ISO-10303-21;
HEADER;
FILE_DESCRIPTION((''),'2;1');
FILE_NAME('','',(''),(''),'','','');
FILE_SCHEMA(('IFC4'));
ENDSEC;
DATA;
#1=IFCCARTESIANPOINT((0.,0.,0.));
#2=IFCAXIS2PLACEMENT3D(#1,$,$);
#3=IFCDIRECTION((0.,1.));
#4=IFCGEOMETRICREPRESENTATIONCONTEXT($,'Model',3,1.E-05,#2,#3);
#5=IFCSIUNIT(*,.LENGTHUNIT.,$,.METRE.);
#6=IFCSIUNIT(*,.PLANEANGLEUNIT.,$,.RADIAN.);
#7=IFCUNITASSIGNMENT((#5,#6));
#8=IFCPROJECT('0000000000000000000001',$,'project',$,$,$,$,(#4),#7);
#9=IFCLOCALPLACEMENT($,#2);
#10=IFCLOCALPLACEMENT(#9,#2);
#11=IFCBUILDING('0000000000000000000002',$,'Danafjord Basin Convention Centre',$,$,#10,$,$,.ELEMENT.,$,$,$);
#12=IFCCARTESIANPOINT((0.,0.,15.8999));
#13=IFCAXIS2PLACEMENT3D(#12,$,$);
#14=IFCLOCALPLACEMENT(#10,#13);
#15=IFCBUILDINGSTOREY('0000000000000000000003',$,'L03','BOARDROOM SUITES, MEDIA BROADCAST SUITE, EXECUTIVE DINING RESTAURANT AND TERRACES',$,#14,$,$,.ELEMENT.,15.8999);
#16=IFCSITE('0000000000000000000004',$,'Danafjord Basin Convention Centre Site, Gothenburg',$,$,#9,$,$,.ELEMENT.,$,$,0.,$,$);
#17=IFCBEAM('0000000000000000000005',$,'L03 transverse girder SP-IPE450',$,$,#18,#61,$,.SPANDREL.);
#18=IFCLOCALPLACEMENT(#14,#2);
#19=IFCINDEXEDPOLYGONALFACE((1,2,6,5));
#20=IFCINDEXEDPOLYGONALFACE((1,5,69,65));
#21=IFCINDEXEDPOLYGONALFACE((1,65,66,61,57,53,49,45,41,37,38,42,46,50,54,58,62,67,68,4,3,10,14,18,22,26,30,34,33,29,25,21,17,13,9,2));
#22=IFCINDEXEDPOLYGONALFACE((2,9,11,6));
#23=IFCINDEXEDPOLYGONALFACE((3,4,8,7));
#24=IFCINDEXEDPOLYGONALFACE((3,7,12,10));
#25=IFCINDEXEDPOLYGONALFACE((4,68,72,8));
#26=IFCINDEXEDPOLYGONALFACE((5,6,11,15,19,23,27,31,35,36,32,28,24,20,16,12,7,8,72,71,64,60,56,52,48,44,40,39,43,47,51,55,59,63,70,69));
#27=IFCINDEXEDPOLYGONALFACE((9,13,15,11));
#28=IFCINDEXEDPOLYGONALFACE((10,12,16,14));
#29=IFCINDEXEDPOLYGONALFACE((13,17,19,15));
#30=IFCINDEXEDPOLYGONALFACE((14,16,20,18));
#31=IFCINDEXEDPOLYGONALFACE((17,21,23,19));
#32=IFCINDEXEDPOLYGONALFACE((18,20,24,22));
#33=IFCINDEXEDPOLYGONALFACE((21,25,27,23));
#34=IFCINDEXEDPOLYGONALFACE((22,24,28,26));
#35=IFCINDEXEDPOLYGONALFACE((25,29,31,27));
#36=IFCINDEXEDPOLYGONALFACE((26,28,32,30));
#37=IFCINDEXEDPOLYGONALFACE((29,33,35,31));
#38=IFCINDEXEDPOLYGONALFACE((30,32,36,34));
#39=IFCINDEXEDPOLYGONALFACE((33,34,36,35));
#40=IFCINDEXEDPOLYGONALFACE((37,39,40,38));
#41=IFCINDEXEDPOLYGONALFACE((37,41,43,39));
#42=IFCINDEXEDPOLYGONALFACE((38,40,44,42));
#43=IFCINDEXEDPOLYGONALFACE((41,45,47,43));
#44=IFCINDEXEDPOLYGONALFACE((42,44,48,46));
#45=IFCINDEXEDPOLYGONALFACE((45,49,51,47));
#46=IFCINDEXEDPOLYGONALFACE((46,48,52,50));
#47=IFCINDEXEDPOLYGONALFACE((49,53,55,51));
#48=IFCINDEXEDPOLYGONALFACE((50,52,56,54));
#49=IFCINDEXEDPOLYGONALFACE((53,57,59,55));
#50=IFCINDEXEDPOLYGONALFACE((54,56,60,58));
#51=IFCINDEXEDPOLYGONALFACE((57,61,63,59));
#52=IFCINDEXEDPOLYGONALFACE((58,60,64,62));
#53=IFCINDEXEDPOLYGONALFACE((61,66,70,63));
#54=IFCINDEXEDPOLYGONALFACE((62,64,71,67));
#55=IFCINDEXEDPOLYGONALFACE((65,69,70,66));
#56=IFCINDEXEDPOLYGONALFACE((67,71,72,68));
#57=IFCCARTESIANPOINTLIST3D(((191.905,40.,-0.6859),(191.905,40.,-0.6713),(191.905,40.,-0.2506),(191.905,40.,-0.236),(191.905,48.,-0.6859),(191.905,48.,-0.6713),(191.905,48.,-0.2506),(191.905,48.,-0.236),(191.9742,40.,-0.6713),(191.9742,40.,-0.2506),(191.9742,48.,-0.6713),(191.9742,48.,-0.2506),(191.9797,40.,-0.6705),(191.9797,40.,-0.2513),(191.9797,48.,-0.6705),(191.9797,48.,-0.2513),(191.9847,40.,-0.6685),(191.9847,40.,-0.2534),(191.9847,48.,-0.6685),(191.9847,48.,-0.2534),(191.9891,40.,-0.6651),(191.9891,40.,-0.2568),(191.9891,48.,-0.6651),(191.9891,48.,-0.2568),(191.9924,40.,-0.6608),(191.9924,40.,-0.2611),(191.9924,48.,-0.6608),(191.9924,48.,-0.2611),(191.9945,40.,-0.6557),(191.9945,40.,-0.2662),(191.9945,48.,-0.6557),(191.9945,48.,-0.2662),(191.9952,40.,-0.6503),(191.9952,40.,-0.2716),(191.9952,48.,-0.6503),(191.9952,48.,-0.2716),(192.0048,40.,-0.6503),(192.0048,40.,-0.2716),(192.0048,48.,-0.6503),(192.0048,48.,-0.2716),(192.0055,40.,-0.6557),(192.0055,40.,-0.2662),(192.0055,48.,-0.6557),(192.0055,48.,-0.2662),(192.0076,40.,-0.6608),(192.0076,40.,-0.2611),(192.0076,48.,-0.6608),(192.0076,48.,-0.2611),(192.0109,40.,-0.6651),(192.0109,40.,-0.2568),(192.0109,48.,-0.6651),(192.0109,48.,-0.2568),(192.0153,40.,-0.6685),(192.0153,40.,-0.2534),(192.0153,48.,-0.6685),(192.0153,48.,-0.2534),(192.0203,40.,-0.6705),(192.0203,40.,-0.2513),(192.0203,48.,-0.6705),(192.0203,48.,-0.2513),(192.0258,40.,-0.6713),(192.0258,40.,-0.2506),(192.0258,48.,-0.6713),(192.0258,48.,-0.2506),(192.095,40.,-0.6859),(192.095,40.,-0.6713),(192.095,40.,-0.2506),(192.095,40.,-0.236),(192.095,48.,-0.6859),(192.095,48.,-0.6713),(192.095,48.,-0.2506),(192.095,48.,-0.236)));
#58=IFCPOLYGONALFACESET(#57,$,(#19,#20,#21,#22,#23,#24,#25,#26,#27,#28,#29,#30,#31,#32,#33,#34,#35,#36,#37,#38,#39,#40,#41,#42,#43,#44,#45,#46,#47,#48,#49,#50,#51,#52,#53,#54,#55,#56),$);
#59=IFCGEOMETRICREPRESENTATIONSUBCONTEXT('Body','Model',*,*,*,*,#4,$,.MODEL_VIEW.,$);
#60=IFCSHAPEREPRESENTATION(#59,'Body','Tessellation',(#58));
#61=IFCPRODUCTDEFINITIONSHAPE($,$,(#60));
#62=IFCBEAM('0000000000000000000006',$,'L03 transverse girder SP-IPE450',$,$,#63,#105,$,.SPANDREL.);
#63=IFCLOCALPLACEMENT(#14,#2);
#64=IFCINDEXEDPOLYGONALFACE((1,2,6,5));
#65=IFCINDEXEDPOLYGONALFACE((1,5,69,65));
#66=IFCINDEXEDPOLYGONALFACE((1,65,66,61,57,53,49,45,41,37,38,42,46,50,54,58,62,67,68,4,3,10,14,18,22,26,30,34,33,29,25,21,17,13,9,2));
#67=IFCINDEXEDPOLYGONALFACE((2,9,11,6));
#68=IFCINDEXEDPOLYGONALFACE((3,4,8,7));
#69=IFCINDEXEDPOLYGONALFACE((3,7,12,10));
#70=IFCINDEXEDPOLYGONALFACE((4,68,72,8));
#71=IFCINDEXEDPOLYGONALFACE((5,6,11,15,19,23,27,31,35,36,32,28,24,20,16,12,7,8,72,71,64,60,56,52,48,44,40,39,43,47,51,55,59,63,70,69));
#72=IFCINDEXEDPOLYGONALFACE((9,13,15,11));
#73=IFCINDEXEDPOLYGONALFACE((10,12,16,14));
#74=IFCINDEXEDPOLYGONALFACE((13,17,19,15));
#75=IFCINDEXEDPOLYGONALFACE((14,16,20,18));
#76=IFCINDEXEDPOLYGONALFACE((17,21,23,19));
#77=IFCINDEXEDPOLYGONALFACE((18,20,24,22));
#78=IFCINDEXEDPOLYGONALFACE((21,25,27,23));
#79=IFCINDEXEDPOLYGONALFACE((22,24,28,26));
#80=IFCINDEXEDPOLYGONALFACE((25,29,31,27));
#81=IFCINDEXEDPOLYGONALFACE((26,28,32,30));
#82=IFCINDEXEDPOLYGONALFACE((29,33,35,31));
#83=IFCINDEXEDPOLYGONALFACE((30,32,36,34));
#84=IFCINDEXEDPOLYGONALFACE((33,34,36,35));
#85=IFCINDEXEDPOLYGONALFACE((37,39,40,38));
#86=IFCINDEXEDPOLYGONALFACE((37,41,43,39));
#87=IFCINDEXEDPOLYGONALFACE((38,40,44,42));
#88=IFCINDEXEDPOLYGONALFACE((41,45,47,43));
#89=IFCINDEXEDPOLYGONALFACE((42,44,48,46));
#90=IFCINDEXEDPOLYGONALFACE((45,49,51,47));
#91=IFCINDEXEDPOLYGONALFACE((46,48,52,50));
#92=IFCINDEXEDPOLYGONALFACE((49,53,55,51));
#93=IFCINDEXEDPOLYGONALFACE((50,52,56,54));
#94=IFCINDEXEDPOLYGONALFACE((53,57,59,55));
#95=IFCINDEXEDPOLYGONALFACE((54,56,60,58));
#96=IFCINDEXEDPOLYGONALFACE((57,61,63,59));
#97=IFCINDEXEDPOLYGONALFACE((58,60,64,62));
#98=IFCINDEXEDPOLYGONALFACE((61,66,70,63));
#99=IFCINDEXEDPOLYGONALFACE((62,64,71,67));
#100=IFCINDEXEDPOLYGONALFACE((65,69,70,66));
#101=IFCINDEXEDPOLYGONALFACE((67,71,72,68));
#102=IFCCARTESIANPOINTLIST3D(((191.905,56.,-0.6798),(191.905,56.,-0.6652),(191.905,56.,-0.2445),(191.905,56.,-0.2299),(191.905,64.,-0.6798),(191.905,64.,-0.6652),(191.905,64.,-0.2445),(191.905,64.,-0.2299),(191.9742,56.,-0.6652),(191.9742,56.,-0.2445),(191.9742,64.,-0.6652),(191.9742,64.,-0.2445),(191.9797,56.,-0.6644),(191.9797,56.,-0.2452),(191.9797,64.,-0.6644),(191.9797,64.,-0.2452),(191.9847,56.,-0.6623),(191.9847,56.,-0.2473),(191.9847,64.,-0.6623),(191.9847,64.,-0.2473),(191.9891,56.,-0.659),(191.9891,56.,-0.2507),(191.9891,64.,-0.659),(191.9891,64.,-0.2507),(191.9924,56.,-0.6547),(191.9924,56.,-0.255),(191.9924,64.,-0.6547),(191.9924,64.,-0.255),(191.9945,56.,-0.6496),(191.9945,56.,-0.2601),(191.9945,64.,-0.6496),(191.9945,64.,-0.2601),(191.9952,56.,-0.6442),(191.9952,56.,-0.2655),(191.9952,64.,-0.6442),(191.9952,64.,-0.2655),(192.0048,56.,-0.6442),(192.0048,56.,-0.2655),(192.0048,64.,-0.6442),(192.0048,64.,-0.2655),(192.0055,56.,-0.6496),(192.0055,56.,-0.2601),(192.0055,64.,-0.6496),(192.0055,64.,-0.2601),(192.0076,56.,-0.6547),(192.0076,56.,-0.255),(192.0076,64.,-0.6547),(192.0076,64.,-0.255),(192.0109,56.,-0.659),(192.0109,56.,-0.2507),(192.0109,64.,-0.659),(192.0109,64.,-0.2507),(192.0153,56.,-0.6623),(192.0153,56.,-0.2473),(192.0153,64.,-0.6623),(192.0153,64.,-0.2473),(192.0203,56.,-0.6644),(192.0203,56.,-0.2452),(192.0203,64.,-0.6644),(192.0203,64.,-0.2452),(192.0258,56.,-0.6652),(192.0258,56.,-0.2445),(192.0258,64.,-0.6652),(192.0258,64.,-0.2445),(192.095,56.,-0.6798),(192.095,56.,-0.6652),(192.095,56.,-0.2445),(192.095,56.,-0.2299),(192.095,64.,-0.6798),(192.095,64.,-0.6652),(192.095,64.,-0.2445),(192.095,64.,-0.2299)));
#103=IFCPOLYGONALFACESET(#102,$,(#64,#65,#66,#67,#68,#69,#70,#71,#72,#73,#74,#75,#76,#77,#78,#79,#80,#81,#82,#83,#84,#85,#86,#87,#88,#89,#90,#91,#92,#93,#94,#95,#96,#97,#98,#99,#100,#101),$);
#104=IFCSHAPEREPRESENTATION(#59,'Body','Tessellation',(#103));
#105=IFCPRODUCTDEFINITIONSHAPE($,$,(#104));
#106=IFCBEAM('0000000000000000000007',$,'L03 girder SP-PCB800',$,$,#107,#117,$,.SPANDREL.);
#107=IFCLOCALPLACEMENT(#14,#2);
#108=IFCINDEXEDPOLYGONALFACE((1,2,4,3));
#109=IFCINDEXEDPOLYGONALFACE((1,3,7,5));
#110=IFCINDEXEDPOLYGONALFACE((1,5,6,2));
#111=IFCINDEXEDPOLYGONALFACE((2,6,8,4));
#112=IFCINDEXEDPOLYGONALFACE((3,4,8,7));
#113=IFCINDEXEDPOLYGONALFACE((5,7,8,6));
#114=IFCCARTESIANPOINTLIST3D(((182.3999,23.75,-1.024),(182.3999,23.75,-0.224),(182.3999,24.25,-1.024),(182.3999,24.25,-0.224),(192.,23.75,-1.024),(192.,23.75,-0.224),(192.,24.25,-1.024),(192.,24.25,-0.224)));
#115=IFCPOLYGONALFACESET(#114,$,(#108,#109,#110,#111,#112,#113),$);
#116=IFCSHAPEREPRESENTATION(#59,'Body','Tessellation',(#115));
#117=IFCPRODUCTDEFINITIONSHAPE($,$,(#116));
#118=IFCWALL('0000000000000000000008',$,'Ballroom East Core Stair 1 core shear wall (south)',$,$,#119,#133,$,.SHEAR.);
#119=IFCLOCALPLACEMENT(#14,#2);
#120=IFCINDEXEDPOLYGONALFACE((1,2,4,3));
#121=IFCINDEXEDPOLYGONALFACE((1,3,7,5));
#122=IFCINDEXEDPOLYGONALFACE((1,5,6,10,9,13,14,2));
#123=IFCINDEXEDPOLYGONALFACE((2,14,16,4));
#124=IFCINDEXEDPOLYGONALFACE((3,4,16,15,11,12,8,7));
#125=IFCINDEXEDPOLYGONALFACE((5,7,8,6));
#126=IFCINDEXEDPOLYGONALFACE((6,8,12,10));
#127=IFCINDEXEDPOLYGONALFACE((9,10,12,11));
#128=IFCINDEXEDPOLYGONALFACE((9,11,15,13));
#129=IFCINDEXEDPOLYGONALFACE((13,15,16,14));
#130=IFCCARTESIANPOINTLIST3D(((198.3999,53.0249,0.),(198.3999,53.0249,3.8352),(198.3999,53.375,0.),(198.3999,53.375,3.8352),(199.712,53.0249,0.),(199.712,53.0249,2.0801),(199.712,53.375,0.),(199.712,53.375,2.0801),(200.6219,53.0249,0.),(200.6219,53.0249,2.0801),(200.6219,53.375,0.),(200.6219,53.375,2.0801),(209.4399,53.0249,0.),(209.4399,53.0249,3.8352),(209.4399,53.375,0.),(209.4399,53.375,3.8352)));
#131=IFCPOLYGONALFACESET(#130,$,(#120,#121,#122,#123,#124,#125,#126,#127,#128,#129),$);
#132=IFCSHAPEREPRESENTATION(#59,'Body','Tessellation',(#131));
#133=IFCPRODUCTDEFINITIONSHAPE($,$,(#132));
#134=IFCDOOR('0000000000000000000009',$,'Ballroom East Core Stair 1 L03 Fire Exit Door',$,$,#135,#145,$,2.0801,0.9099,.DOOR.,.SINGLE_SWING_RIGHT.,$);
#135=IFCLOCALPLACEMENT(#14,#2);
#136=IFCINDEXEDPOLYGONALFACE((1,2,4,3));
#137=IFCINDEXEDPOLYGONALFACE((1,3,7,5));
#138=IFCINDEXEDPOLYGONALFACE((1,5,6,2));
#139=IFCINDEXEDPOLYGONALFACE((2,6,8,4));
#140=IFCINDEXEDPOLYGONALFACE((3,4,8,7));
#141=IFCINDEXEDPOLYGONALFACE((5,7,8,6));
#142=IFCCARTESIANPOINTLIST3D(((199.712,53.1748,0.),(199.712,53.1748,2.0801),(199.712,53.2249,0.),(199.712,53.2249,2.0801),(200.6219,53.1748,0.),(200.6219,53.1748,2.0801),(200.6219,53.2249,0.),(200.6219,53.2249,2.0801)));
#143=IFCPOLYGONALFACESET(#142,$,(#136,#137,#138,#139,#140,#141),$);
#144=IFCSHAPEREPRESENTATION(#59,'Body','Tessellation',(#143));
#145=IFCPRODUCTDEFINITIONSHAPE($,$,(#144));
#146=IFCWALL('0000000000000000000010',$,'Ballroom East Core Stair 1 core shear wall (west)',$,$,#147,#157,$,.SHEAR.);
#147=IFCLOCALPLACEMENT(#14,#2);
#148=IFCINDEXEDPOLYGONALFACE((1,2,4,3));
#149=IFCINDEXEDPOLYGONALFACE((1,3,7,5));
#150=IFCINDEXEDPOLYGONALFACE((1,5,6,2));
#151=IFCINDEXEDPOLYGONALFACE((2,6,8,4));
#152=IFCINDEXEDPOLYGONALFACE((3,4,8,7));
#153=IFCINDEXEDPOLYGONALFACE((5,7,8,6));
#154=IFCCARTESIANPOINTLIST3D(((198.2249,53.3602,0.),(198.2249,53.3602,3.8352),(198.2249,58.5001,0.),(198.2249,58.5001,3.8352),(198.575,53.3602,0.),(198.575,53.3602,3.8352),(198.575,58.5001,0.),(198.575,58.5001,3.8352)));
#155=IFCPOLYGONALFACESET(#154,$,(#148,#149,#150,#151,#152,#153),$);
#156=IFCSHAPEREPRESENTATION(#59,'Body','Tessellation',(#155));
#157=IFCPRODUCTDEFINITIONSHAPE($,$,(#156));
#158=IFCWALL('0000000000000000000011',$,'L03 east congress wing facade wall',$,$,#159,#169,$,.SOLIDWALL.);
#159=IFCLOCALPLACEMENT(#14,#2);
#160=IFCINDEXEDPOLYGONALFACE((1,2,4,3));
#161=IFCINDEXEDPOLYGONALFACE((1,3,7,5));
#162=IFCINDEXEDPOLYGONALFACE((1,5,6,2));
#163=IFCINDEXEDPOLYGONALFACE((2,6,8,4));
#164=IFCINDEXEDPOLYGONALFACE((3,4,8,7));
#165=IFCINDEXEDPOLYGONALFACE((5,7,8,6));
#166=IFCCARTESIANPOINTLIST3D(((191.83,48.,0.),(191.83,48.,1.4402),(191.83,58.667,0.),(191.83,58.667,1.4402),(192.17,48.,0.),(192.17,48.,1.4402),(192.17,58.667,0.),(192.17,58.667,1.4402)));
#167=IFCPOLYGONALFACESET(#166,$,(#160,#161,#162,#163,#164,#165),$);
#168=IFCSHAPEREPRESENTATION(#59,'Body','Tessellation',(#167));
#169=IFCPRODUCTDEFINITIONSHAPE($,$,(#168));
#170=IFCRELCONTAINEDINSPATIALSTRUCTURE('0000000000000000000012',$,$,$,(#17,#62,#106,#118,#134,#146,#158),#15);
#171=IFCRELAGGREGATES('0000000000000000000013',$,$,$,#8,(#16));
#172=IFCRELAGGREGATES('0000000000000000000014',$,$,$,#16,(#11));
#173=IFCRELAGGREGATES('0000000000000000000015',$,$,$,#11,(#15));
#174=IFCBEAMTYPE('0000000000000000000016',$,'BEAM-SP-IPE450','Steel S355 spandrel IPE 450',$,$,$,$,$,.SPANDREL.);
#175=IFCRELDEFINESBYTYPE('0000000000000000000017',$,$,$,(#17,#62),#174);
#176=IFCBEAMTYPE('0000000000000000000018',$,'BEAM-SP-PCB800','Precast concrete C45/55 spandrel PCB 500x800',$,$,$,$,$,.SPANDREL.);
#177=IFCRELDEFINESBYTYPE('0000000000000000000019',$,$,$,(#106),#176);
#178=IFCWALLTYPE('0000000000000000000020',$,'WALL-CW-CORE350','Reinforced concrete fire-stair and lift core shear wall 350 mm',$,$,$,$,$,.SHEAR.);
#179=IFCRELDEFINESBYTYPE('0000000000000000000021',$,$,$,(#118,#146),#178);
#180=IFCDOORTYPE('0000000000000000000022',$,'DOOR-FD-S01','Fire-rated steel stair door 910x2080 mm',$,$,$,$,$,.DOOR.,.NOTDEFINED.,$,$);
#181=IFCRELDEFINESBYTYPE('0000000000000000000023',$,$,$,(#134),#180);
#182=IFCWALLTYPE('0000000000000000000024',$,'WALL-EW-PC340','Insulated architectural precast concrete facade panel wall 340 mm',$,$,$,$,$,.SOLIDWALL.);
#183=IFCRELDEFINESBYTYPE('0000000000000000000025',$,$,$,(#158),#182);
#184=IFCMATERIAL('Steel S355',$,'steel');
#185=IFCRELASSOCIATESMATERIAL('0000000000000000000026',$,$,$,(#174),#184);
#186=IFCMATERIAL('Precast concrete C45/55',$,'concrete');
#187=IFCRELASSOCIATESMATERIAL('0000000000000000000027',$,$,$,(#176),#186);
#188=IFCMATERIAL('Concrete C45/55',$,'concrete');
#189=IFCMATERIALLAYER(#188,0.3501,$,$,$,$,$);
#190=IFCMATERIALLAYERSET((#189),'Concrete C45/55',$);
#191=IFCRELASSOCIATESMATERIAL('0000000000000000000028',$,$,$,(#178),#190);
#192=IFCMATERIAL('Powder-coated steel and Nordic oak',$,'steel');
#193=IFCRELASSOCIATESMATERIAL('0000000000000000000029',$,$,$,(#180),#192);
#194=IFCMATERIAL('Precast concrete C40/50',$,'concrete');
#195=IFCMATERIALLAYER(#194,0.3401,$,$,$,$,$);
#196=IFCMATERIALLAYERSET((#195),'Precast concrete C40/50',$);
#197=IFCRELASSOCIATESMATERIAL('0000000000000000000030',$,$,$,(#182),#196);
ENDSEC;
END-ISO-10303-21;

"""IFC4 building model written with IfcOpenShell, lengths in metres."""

from ifc_helpers import new_model, si_unit, direction, frame, frame_2d, origin, origin_2d, place, context, subcontext, project, spatial, rectangle, i_section, extrude, material, layer, layer_set, material_profile, profile_set, type_object, element, fill, save


model = new_model("IFC4")

# Units and contexts
model_context = context("Model", 3, precision=1e-05, world=origin(), true_north=direction((0.0, 1.0)))
body_context = subcontext(model_context, "Body", "Model", "MODEL_VIEW")
ifc_project = project(units=[si_unit("LENGTHUNIT", "METRE"), si_unit("PLANEANGLEUNIT", "RADIAN")], contexts=[model_context])

# Site, building, storey
site_placement = place(None, origin())
site = spatial("IfcSite", under=ifc_project, at=site_placement, Name="Danafjord Basin Convention Centre Site, Gothenburg", CompositionType="ELEMENT", RefElevation=0.0)
building_placement = place(site_placement, origin())
building = spatial("IfcBuilding", under=site, at=building_placement, Name="Danafjord Basin Convention Centre", CompositionType="ELEMENT")
storey_placement = place(building_placement, frame((0.0, 0.0, 15.8999)))
storey = spatial("IfcBuildingStorey", under=building, at=storey_placement, Name="L03", Description="BOARDROOM SUITES, MEDIA BROADCAST SUITE, EXECUTIVE DINING RESTAURANT AND TERRACES", CompositionType="ELEMENT", Elevation=15.8999)

# Shared definitions
ifc_material_1 = material(Name="Steel S355", Category="steel")

# Beams
ifc_material_profile_1 = material_profile(ifc_material_1, i_section(OverallWidth=0.1899, OverallDepth=0.45, WebThickness=0.0095, FlangeThickness=0.0146, FilletRadius=0.021, at=origin_2d()), Name="IPE 450")
ifc_profile_set_1 = profile_set([ifc_material_profile_1], Name="Steel S355")
beam_type_1 = type_object("IfcBeamType", Name="BEAM-SP-IPE450", Description="Steel S355 spandrel IPE 450", PredefinedType="SPANDREL", material=ifc_profile_set_1)
for number, where, z_axis, x_axis, name in (
    (1, (192.0, 40.0, -0.4609), (0.0, 1.0, 0.0), (-1.0, 0.0, 0.0), "L03 transverse girder SP-IPE450"),
    (2, (192.0, 56.0, -0.4548), (0.0, 1.0, 0.0), (-1.0, 0.0, 0.0), "L03 transverse girder SP-IPE450"),
):
    element("IfcBeam", number, at=place(storey_placement, frame(where, z_axis=z_axis, x_axis=x_axis)), inside=storey, type_object=beam_type_1, Name=name, PredefinedType="SPANDREL", context=body_context, shape_type="SweptSolid", body=[
        extrude(i_section(OverallWidth=0.1899, OverallDepth=0.45, WebThickness=0.0095, FlangeThickness=0.0146, FilletRadius=0.021, at=origin_2d()), origin(), (0.0, 0.0, 1.0), 8.0),
    ])
ifc_material_2 = material(Name="Precast concrete C45/55", Category="concrete")
ifc_material_profile_2 = material_profile(ifc_material_2, rectangle(XDim=0.5, YDim=0.8, at=origin_2d()), Name="PCB 500x800")
ifc_profile_set_2 = profile_set([ifc_material_profile_2], Name="Precast concrete C45/55")
beam_type_2 = type_object("IfcBeamType", Name="BEAM-SP-PCB800", Description="Precast concrete C45/55 spandrel PCB 500x800", PredefinedType="SPANDREL", material=ifc_profile_set_2)
beam_1_placement = place(storey_placement, frame((182.3999, 24.0, -0.624), z_axis=(1.0, 0.0, 0.0), x_axis=(0.0, 1.0, 0.0)))
element("IfcBeam", 3, at=beam_1_placement, inside=storey, type_object=beam_type_2, Name="L03 girder SP-PCB800", PredefinedType="SPANDREL", context=body_context, shape_type="SweptSolid", body=[
    extrude(rectangle(XDim=0.5, YDim=0.8, at=origin_2d()), origin(), (0.0, 0.0, 1.0), 9.6001),
])

# Wall, opening, door
ifc_material_3 = material(Name="Concrete C45/55", Category="concrete")
ifc_layer_1 = layer(ifc_material_3, 0.3501)
ifc_layer_set_1 = layer_set([ifc_layer_1], Name="Concrete C45/55")
wall_type_1 = type_object("IfcWallType", Name="WALL-CW-CORE350", Description="Reinforced concrete fire-stair and lift core shear wall 350 mm", PredefinedType="SHEAR", material=ifc_layer_set_1)
wall_1_placement = place(storey_placement, frame((198.3999, 53.2, 0.0), z_axis=(0.0, 0.0, 1.0), x_axis=(1.0, 0.0, 0.0)))
wall_1 = element("IfcWall", 4, at=wall_1_placement, inside=storey, type_object=wall_type_1, Name="Ballroom East Core Stair 1 core shear wall (south)", PredefinedType="SHEAR", context=body_context, shape_type="SweptSolid", body=[
    extrude(rectangle(XDim=11.04, YDim=0.3501, at=frame_2d((5.52, 0.0))), origin(), (0.0, 0.0, 1.0), 3.8352),
])
opening_1_placement = place(wall_1_placement, frame((1.312, 0.0, 0.0)))
opening_1 = element("IfcOpeningElement", 5, at=opening_1_placement, cuts=wall_1, PredefinedType="OPENING", context=body_context, shape_type="SweptSolid", body=[
    extrude(rectangle(XDim=0.9099, YDim=2.0801, at=frame_2d((0.4551, 1.04))), frame((0.0, 0.1851, 0.0), z_axis=(0.0, -1.0, 0.0), x_axis=(1.0, 0.0, 0.0)), (0.0, 0.0, 1.0), 0.3701),
])
ifc_material_4 = material(Name="Powder-coated steel and Nordic oak", Category="steel")
door_type_1 = type_object("IfcDoorType", Name="DOOR-FD-S01", Description="Fire-rated steel stair door 910x2080 mm", OperationType="NOTDEFINED", PredefinedType="DOOR", material=ifc_material_4)
door_1_placement = place(opening_1_placement, origin())
door_1 = element("IfcDoor", 6, at=door_1_placement, inside=storey, type_object=door_type_1, Name="Ballroom East Core Stair 1 L03 Fire Exit Door", OperationType="SINGLE_SWING_RIGHT", OverallHeight=2.0801, OverallWidth=0.9099, PredefinedType="DOOR", context=body_context, shape_type="SweptSolid", body=[
    extrude(rectangle(XDim=0.9099, YDim=2.0801, at=frame_2d((0.4551, 1.04))), frame((0.0, 0.0249, 0.0), z_axis=(0.0, -1.0, 0.0), x_axis=(1.0, 0.0, 0.0)), (0.0, 0.0, 1.0), 0.05),
])
fill(opening_1, door_1)

# Walls
wall_2_placement = place(storey_placement, frame((198.3999, 58.5, 0.0), z_axis=(0.0, 0.0, 1.0), x_axis=(0.0, -1.0, 0.0)))
element("IfcWall", 7, at=wall_2_placement, inside=storey, type_object=wall_type_1, Name="Ballroom East Core Stair 1 core shear wall (west)", PredefinedType="SHEAR", context=body_context, shape_type="SweptSolid", body=[
    extrude(rectangle(XDim=5.1399, YDim=0.3501, at=frame_2d((2.5698, 0.0))), origin(), (0.0, 0.0, 1.0), 3.8352),
])
ifc_material_5 = material(Name="Precast concrete C40/50", Category="concrete")
ifc_layer_2 = layer(ifc_material_5, 0.3401)
ifc_layer_set_2 = layer_set([ifc_layer_2], Name="Precast concrete C40/50")
wall_type_2 = type_object("IfcWallType", Name="WALL-EW-PC340", Description="Insulated architectural precast concrete facade panel wall 340 mm", PredefinedType="SOLIDWALL", material=ifc_layer_set_2)
wall_3_placement = place(storey_placement, frame((192.0, 48.0, 0.0), z_axis=(0.0, 0.0, 1.0), x_axis=(0.0, 1.0, 0.0)))
element("IfcWall", 8, at=wall_3_placement, inside=storey, type_object=wall_type_2, Name="L03 east congress wing facade wall", PredefinedType="SOLIDWALL", context=body_context, shape_type="SweptSolid", body=[
    extrude(rectangle(XDim=10.667, YDim=0.3401, at=frame_2d((5.3335, 0.0))), origin(), (0.0, 0.0, 1.0), 1.4402),
])

save(model, "model.ifc")
